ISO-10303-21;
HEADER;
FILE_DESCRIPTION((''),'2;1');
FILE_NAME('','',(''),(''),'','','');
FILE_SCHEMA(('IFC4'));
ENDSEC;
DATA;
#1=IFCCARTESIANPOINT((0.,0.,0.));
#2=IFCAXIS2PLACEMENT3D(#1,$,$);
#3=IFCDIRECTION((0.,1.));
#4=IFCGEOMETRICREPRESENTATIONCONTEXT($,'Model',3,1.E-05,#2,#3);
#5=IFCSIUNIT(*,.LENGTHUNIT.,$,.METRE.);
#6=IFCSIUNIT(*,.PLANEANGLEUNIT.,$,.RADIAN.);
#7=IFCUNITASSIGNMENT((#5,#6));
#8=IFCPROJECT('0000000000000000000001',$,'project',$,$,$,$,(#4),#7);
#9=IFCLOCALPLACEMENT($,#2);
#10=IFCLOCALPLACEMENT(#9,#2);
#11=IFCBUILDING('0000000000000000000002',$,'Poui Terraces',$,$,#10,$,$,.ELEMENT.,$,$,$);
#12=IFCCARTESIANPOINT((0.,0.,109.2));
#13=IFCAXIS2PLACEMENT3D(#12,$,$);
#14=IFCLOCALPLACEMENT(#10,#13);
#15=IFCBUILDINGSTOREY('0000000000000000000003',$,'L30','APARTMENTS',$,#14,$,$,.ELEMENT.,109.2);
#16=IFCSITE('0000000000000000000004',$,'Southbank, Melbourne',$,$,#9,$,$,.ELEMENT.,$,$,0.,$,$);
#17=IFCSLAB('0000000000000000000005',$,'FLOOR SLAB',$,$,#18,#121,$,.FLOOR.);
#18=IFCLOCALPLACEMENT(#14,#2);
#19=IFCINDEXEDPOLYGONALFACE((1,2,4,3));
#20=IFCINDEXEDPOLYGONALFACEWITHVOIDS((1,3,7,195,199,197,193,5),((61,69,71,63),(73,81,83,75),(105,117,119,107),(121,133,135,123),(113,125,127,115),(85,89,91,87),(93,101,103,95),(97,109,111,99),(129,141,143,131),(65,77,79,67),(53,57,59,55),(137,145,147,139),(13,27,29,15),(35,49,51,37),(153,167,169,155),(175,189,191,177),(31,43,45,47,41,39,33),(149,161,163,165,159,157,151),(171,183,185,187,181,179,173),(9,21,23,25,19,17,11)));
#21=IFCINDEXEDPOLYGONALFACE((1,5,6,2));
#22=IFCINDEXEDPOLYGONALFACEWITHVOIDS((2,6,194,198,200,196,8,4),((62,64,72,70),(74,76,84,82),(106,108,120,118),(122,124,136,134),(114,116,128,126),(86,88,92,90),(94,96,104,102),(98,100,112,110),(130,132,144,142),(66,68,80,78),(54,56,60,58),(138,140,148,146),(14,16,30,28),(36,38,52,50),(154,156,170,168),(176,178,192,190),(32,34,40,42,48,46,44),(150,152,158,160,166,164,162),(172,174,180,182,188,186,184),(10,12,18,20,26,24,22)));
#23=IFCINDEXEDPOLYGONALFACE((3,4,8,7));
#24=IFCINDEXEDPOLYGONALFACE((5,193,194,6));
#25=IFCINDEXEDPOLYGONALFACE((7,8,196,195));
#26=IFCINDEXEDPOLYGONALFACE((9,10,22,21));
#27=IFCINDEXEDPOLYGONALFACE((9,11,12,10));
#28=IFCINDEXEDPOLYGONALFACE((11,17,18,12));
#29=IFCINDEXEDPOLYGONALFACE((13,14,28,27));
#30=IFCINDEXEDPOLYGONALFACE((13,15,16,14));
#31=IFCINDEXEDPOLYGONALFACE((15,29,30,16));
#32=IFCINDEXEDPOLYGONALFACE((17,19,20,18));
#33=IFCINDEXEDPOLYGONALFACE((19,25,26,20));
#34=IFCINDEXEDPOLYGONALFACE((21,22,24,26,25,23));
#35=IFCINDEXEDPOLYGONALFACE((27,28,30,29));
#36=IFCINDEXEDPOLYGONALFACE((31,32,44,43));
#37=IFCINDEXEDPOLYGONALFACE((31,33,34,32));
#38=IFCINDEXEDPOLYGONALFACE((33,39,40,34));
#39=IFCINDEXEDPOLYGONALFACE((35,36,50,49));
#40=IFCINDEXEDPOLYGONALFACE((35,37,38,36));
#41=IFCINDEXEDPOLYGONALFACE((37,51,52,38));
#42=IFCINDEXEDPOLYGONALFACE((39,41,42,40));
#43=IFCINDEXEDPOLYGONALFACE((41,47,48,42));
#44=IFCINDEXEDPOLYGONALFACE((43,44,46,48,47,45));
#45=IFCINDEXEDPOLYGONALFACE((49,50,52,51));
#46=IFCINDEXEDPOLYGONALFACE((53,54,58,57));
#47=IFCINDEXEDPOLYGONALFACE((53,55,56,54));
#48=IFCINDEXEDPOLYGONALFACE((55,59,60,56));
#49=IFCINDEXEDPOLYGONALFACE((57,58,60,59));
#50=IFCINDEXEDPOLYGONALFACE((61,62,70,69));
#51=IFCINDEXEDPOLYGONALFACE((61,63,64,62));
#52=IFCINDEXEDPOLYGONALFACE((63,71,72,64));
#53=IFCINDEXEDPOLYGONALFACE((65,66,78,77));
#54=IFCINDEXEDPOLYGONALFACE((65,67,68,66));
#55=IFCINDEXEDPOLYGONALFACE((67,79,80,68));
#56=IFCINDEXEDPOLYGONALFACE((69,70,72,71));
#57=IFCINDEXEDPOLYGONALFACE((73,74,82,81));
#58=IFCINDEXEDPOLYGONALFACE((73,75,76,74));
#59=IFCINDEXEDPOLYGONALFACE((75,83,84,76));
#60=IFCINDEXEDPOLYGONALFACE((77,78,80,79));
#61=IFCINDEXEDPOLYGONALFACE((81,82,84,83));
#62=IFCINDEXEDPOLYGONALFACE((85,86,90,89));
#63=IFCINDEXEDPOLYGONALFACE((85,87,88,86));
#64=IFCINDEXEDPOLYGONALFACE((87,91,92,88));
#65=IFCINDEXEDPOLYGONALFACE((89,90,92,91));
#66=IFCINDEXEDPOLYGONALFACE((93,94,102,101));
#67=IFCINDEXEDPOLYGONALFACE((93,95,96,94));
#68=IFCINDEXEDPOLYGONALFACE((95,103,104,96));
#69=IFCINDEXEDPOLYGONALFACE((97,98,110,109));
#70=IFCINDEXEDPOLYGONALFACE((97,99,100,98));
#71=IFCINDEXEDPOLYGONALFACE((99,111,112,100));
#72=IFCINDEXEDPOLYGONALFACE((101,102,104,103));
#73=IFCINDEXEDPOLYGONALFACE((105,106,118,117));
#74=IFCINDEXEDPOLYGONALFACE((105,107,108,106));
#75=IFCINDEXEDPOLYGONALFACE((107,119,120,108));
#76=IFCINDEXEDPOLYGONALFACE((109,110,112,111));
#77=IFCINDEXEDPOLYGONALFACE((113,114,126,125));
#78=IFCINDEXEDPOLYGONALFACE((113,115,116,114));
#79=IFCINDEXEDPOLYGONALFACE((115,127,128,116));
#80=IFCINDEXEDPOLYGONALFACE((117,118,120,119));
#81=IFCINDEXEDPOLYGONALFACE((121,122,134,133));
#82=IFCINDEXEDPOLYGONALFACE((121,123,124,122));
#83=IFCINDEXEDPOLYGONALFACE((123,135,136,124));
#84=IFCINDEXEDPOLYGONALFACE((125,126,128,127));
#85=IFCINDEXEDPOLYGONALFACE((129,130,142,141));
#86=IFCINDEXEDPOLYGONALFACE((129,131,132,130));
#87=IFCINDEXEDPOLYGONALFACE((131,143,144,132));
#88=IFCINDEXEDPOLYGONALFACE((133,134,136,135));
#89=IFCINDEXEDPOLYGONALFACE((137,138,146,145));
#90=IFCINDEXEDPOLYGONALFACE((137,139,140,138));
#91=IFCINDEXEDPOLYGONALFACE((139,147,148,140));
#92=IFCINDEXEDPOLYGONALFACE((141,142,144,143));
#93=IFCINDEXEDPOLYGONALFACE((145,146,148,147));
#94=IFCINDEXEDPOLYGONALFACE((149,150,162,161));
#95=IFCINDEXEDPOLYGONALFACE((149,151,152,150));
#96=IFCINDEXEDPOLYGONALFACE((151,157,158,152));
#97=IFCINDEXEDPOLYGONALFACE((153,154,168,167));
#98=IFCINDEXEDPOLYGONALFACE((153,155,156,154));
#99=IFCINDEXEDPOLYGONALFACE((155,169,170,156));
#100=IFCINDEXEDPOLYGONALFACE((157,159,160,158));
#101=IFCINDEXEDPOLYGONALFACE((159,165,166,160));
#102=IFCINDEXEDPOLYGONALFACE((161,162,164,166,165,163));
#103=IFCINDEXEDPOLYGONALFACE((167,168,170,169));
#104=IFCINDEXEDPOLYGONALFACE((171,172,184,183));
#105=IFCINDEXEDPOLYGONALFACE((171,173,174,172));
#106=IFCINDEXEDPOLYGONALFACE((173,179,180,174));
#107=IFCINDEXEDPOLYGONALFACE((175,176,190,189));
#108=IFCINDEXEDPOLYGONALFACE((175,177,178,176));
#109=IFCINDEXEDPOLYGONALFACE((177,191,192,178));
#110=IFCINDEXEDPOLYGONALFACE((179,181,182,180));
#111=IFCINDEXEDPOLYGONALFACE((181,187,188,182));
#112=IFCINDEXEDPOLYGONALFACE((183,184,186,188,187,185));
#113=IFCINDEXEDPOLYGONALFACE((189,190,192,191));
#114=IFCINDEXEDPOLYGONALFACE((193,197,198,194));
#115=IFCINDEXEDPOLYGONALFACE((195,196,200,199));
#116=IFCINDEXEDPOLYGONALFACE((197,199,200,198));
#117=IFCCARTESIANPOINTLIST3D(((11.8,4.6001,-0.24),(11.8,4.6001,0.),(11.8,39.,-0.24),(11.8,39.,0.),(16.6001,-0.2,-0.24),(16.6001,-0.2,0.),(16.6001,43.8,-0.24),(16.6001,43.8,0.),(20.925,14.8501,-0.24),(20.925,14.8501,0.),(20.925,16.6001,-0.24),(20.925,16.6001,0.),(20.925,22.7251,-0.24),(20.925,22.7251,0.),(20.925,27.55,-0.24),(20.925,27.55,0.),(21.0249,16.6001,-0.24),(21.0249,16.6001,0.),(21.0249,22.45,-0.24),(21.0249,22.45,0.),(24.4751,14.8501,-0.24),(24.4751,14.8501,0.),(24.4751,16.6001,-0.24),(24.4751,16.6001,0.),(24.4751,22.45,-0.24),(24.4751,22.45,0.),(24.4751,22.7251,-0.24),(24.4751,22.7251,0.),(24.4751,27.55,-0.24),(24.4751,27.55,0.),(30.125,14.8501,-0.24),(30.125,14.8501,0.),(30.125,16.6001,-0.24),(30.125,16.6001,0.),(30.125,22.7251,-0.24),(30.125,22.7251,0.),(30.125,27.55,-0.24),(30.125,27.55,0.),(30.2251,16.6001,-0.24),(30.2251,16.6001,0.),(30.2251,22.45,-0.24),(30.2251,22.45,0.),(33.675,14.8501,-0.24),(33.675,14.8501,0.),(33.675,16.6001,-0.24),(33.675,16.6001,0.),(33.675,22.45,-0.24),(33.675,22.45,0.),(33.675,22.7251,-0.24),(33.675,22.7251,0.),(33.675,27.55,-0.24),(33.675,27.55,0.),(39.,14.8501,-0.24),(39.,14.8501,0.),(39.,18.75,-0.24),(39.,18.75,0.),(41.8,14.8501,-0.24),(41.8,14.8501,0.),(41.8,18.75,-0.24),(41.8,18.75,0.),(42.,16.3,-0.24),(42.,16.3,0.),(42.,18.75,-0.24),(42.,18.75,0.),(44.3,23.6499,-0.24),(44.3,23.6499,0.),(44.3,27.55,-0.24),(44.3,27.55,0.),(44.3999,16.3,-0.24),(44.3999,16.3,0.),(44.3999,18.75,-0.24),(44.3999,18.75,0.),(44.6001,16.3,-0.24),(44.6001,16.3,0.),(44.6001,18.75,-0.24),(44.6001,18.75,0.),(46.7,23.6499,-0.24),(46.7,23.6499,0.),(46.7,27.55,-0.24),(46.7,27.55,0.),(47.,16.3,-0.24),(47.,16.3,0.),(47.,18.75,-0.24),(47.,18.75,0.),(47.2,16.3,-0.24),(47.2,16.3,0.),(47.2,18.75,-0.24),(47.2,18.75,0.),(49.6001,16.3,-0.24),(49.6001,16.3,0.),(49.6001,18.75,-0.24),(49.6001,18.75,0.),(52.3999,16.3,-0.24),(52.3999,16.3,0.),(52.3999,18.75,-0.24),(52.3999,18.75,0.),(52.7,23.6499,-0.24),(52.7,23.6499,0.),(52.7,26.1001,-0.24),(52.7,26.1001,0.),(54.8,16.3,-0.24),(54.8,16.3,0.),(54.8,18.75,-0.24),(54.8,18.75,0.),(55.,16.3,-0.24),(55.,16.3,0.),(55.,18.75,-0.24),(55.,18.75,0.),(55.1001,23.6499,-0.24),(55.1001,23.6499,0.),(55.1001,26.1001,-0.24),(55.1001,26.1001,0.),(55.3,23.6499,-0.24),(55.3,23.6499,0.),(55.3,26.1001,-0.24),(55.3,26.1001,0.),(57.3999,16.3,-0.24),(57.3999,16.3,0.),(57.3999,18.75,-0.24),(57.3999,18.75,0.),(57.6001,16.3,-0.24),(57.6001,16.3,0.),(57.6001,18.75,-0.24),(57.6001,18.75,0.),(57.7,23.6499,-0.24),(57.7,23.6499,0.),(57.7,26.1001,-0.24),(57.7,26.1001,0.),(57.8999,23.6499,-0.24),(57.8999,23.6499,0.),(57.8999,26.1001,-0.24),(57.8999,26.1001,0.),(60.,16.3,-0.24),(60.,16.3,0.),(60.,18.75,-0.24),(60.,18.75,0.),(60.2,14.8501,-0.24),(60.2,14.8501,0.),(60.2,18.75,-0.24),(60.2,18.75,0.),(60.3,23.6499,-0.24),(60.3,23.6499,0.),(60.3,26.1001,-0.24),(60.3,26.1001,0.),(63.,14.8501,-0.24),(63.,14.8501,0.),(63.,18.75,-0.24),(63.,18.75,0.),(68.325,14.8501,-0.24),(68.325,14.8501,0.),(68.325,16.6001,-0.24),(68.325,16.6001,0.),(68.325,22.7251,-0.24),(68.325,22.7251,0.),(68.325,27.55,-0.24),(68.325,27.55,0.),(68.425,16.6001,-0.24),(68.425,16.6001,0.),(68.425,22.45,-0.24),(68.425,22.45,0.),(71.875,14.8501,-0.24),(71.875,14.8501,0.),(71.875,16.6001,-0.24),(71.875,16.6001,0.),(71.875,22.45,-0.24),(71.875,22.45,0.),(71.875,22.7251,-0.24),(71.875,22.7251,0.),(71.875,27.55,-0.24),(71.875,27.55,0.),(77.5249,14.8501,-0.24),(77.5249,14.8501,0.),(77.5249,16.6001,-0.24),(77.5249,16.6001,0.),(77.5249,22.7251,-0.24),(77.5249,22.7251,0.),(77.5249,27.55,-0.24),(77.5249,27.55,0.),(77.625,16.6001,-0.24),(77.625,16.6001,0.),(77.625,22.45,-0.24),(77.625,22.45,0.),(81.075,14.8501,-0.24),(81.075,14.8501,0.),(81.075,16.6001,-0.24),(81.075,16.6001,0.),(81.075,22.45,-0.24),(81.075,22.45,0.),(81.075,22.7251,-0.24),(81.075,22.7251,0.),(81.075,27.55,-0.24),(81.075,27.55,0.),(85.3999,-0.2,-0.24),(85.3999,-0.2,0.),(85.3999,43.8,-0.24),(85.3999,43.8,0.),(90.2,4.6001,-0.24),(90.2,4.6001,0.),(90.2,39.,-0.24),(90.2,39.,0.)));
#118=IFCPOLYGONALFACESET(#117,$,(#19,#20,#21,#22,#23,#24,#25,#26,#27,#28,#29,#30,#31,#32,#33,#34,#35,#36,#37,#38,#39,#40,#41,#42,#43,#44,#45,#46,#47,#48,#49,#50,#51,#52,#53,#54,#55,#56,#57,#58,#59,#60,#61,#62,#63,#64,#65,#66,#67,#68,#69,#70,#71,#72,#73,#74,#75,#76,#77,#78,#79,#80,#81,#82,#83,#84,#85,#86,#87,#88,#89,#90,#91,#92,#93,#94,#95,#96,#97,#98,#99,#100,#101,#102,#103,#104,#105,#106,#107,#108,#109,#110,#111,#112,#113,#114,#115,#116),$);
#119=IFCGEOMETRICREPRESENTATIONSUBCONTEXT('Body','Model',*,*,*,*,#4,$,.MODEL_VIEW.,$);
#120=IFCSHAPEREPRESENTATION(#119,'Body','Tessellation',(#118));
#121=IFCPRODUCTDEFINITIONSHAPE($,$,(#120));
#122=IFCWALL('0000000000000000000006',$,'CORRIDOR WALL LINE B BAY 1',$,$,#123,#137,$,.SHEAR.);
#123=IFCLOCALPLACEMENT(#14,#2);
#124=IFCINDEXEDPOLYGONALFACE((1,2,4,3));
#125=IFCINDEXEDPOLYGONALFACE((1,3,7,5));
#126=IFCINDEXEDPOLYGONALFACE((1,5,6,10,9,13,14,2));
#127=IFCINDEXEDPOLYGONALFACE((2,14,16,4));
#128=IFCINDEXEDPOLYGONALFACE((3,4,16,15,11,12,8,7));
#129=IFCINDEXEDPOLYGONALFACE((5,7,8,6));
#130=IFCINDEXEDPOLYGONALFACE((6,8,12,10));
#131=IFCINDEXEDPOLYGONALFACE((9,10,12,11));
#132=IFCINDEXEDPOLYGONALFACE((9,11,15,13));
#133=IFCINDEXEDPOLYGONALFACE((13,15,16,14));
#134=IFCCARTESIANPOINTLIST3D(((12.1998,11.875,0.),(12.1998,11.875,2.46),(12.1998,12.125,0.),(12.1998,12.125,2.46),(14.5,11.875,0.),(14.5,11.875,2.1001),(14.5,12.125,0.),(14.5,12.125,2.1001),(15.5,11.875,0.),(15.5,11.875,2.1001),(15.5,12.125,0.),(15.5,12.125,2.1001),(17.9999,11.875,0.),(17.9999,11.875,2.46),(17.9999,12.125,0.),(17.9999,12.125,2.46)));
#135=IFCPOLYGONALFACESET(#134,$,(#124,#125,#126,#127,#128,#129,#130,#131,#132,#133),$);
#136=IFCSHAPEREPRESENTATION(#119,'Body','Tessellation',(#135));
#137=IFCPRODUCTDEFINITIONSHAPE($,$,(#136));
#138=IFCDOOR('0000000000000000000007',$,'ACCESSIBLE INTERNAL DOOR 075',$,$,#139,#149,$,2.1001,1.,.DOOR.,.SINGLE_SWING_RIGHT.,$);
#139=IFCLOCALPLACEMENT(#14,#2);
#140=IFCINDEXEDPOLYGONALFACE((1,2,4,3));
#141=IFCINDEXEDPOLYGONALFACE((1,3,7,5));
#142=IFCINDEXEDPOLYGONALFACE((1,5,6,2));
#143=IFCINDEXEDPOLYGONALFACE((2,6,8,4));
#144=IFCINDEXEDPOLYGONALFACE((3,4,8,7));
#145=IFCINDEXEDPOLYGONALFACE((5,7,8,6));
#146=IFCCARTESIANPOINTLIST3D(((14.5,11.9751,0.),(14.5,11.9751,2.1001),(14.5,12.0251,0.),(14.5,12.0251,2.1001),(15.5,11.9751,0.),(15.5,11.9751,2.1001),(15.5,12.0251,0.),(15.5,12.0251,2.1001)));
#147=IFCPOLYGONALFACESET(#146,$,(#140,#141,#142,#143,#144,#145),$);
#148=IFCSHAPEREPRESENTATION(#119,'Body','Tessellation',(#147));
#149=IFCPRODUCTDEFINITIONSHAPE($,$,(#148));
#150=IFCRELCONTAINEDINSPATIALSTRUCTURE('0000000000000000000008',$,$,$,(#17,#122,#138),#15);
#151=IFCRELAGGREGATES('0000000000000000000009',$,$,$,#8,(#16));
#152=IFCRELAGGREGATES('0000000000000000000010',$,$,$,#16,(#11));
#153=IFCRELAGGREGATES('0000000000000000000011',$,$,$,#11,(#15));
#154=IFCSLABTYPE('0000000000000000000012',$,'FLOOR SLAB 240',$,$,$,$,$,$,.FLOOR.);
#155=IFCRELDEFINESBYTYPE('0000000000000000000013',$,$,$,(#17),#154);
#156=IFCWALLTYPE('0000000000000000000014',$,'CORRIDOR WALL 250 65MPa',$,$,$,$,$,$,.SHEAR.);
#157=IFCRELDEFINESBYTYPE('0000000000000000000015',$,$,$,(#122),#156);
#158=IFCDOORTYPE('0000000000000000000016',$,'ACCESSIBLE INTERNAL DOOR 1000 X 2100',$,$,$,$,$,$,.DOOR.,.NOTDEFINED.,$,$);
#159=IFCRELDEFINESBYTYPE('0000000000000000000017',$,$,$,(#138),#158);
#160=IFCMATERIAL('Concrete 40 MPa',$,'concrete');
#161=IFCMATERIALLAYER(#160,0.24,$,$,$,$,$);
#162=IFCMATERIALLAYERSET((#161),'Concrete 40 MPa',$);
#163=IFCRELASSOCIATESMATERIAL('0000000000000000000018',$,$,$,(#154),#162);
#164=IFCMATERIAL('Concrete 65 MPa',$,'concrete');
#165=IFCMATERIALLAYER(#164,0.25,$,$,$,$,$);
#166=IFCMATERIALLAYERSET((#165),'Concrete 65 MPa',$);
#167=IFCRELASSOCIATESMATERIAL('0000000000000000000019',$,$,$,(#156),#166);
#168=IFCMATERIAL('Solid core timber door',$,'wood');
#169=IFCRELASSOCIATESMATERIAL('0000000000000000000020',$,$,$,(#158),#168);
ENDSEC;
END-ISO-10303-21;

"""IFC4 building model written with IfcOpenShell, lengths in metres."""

from ifc_helpers import new_model, si_unit, direction, frame, frame_2d, origin, place, context, subcontext, project, spatial, polyline, rectangle, outline, extrude, source, transform, mapped, material, layer, layer_set, type_object, element, fill, save


model = new_model("IFC4")

# Units and contexts
model_context = context("Model", 3, precision=1e-05, world=origin(), true_north=direction((0.0, 1.0)))
body_context = subcontext(model_context, "Body", "Model", "MODEL_VIEW")
ifc_project = project(units=[si_unit("LENGTHUNIT", "METRE"), si_unit("PLANEANGLEUNIT", "RADIAN")], contexts=[model_context])

# Site, building, storey
site_placement = place(None, origin())
site = spatial("IfcSite", under=ifc_project, at=site_placement, Name="Southbank, Melbourne", CompositionType="ELEMENT", RefElevation=0.0)
building_placement = place(site_placement, origin())
building = spatial("IfcBuilding", under=site, at=building_placement, Name="Poui Terraces", CompositionType="ELEMENT")
storey_placement = place(building_placement, frame((0.0, 0.0, 109.2)))
storey = spatial("IfcBuildingStorey", under=building, at=storey_placement, Name="L30", Description="APARTMENTS", CompositionType="ELEMENT", Elevation=109.2)

# Shared definitions
ifc_material_1 = material(Name="Concrete 65 MPa", Category="concrete")

# Slab
ifc_material_2 = material(Name="Concrete 40 MPa", Category="concrete")
ifc_layer_1 = layer(ifc_material_2, 0.24)
ifc_layer_set_1 = layer_set([ifc_layer_1], Name="Concrete 40 MPa")
slab_type_1 = type_object("IfcSlabType", Name="FLOOR SLAB 240", PredefinedType="FLOOR", material=ifc_layer_set_1)
shared_shape = source(origin(), body_context, "Body", "SweptSolid", [
    extrude(outline(polyline([(0.0, 0.0), (4.8, -4.8), (73.5999, -4.8), (78.3999, 0.0), (78.3999, 34.3999), (73.5999, 39.2), (4.8, 39.2), (0.0, 34.3999), (0.0, 0.0)]), holes=[polyline([(27.2, 10.25), (27.2, 14.1499), (30.0, 14.1499), (30.0, 10.25), (27.2, 10.25)]), polyline([(30.2, 11.7), (30.2, 14.1499), (32.5999, 14.1499), (32.5999, 11.7), (30.2, 11.7)]), polyline([(32.8, 11.7), (32.8, 14.1499), (35.2, 14.1499), (35.2, 11.7), (32.8, 11.7)]), polyline([(35.3999, 14.1499), (37.8, 14.1499), (37.8, 11.7), (35.3999, 11.7), (35.3999, 14.1499)]), polyline([(40.5999, 14.1499), (43.0, 14.1499), (43.0, 11.7), (40.5999, 11.7), (40.5999, 14.1499)]), polyline([(9.2249, 17.8499), (12.675, 17.8499), (12.675, 12.0), (12.675, 10.25), (9.125, 10.25), (9.125, 12.0), (9.2249, 12.0), (9.2249, 17.8499)]), polyline([(18.425, 17.8499), (21.875, 17.8499), (21.875, 12.0), (21.875, 10.25), (18.325, 10.25), (18.325, 12.0), (18.425, 12.0), (18.425, 17.8499)]), polyline([(9.125, 18.125), (9.125, 22.95), (12.675, 22.95), (12.675, 18.125), (9.125, 18.125)]), polyline([(18.325, 22.95), (21.875, 22.95), (21.875, 18.125), (18.325, 18.125), (18.325, 22.95)]), polyline([(32.5, 22.95), (34.8999, 22.95), (34.8999, 19.0498), (32.5, 19.0498), (32.5, 22.95)]), polyline([(48.3999, 10.25), (48.3999, 14.1499), (51.2, 14.1499), (51.2, 10.25), (48.3999, 10.25)]), polyline([(43.2, 11.7), (43.2, 14.1499), (45.5999, 14.1499), (45.5999, 11.7), (43.2, 11.7)]), polyline([(45.8, 11.7), (45.8, 14.1499), (48.2, 14.1499), (48.2, 11.7), (45.8, 11.7)]), polyline([(60.075, 17.8499), (60.075, 12.0), (60.075, 10.25), (56.5249, 10.25), (56.5249, 12.0), (56.625, 12.0), (56.625, 17.8499), (60.075, 17.8499)]), polyline([(69.2749, 17.8499), (69.2749, 12.0), (69.2749, 10.25), (65.7249, 10.25), (65.7249, 12.0), (65.825, 12.0), (65.825, 17.8499), (69.2749, 17.8499)]), polyline([(40.8999, 19.0498), (40.8999, 21.5), (43.3, 21.5), (43.3, 19.0498), (40.8999, 19.0498)]), polyline([(43.5, 19.0498), (43.5, 21.5), (45.8999, 21.5), (45.8999, 19.0498), (43.5, 19.0498)]), polyline([(46.0999, 19.0498), (46.0999, 21.5), (48.5, 21.5), (48.5, 19.0498), (46.0999, 19.0498)]), polyline([(56.5249, 22.95), (60.075, 22.95), (60.075, 18.125), (56.5249, 18.125), (56.5249, 22.95)]), polyline([(65.7249, 22.95), (69.2749, 22.95), (69.2749, 18.125), (65.7249, 18.125), (65.7249, 22.95)])]), origin(), (0.0, 0.0, 1.0), 0.24),
])
slab_1_placement = place(storey_placement, frame((11.8, 4.6001, -0.24)))
element("IfcSlab", 1, at=slab_1_placement, inside=storey, type_object=slab_type_1, Name="FLOOR SLAB", PredefinedType="FLOOR", context=body_context, shape_type="MappedRepresentation", body=[
    mapped(shared_shape, transform((0.0, 0.0, 0.0))),
])

# Wall, opening, door
ifc_layer_2 = layer(ifc_material_1, 0.25)
ifc_layer_set_2 = layer_set([ifc_layer_2], Name="Concrete 65 MPa")
wall_type_1 = type_object("IfcWallType", Name="CORRIDOR WALL 250 65MPa", PredefinedType="SHEAR", material=ifc_layer_set_2)
wall_1_placement = place(storey_placement, frame((12.2, 12.0, 0.0), z_axis=(0.0, 0.0, 1.0), x_axis=(1.0, 0.0, 0.0)))
wall_1 = element("IfcWall", 2, at=wall_1_placement, inside=storey, type_object=wall_type_1, Name="CORRIDOR WALL LINE B BAY 1", PredefinedType="SHEAR", context=body_context, shape_type="SweptSolid", body=[
    extrude(rectangle(XDim=5.8, YDim=0.25, at=frame_2d((2.8999, 0.0))), origin(), (0.0, 0.0, 1.0), 2.46),
])
opening_1_placement = place(wall_1_placement, frame((2.3, 0.0, 0.0)))
opening_1 = element("IfcOpeningElement", 3, at=opening_1_placement, cuts=wall_1, PredefinedType="OPENING", context=body_context, shape_type="SweptSolid", body=[
    extrude(rectangle(XDim=1.0, YDim=2.1001, at=frame_2d((0.5, 1.05))), frame((0.0, 0.135, 0.0), z_axis=(0.0, -1.0, 0.0), x_axis=(1.0, 0.0, 0.0)), (0.0, 0.0, 1.0), 0.27),
])
ifc_material_3 = material(Name="Solid core timber door", Category="wood")
door_type = type_object("IfcDoorType", Name="ACCESSIBLE INTERNAL DOOR 1000 X 2100", OperationType="NOTDEFINED", PredefinedType="DOOR", material=ifc_material_3)
door_placement = place(opening_1_placement, frame((1.0, 0.0, 0.0), z_axis=(0.0, 0.0, 1.0), x_axis=(-1.0, 0.0, 0.0)))
door = element("IfcDoor", 4, at=door_placement, inside=storey, type_object=door_type, Name="ACCESSIBLE INTERNAL DOOR 075", OperationType="SINGLE_SWING_RIGHT", OverallHeight=2.1001, OverallWidth=1.0, PredefinedType="DOOR", context=body_context, shape_type="SweptSolid", body=[
    extrude(rectangle(XDim=1.0, YDim=2.1001, at=frame_2d((0.5, 1.05))), frame((0.0, 0.0249, 0.0), z_axis=(0.0, -1.0, 0.0), x_axis=(1.0, 0.0, 0.0)), (0.0, 0.0, 1.0), 0.05),
])
fill(opening_1, door)

save(model, "model.ifc")
